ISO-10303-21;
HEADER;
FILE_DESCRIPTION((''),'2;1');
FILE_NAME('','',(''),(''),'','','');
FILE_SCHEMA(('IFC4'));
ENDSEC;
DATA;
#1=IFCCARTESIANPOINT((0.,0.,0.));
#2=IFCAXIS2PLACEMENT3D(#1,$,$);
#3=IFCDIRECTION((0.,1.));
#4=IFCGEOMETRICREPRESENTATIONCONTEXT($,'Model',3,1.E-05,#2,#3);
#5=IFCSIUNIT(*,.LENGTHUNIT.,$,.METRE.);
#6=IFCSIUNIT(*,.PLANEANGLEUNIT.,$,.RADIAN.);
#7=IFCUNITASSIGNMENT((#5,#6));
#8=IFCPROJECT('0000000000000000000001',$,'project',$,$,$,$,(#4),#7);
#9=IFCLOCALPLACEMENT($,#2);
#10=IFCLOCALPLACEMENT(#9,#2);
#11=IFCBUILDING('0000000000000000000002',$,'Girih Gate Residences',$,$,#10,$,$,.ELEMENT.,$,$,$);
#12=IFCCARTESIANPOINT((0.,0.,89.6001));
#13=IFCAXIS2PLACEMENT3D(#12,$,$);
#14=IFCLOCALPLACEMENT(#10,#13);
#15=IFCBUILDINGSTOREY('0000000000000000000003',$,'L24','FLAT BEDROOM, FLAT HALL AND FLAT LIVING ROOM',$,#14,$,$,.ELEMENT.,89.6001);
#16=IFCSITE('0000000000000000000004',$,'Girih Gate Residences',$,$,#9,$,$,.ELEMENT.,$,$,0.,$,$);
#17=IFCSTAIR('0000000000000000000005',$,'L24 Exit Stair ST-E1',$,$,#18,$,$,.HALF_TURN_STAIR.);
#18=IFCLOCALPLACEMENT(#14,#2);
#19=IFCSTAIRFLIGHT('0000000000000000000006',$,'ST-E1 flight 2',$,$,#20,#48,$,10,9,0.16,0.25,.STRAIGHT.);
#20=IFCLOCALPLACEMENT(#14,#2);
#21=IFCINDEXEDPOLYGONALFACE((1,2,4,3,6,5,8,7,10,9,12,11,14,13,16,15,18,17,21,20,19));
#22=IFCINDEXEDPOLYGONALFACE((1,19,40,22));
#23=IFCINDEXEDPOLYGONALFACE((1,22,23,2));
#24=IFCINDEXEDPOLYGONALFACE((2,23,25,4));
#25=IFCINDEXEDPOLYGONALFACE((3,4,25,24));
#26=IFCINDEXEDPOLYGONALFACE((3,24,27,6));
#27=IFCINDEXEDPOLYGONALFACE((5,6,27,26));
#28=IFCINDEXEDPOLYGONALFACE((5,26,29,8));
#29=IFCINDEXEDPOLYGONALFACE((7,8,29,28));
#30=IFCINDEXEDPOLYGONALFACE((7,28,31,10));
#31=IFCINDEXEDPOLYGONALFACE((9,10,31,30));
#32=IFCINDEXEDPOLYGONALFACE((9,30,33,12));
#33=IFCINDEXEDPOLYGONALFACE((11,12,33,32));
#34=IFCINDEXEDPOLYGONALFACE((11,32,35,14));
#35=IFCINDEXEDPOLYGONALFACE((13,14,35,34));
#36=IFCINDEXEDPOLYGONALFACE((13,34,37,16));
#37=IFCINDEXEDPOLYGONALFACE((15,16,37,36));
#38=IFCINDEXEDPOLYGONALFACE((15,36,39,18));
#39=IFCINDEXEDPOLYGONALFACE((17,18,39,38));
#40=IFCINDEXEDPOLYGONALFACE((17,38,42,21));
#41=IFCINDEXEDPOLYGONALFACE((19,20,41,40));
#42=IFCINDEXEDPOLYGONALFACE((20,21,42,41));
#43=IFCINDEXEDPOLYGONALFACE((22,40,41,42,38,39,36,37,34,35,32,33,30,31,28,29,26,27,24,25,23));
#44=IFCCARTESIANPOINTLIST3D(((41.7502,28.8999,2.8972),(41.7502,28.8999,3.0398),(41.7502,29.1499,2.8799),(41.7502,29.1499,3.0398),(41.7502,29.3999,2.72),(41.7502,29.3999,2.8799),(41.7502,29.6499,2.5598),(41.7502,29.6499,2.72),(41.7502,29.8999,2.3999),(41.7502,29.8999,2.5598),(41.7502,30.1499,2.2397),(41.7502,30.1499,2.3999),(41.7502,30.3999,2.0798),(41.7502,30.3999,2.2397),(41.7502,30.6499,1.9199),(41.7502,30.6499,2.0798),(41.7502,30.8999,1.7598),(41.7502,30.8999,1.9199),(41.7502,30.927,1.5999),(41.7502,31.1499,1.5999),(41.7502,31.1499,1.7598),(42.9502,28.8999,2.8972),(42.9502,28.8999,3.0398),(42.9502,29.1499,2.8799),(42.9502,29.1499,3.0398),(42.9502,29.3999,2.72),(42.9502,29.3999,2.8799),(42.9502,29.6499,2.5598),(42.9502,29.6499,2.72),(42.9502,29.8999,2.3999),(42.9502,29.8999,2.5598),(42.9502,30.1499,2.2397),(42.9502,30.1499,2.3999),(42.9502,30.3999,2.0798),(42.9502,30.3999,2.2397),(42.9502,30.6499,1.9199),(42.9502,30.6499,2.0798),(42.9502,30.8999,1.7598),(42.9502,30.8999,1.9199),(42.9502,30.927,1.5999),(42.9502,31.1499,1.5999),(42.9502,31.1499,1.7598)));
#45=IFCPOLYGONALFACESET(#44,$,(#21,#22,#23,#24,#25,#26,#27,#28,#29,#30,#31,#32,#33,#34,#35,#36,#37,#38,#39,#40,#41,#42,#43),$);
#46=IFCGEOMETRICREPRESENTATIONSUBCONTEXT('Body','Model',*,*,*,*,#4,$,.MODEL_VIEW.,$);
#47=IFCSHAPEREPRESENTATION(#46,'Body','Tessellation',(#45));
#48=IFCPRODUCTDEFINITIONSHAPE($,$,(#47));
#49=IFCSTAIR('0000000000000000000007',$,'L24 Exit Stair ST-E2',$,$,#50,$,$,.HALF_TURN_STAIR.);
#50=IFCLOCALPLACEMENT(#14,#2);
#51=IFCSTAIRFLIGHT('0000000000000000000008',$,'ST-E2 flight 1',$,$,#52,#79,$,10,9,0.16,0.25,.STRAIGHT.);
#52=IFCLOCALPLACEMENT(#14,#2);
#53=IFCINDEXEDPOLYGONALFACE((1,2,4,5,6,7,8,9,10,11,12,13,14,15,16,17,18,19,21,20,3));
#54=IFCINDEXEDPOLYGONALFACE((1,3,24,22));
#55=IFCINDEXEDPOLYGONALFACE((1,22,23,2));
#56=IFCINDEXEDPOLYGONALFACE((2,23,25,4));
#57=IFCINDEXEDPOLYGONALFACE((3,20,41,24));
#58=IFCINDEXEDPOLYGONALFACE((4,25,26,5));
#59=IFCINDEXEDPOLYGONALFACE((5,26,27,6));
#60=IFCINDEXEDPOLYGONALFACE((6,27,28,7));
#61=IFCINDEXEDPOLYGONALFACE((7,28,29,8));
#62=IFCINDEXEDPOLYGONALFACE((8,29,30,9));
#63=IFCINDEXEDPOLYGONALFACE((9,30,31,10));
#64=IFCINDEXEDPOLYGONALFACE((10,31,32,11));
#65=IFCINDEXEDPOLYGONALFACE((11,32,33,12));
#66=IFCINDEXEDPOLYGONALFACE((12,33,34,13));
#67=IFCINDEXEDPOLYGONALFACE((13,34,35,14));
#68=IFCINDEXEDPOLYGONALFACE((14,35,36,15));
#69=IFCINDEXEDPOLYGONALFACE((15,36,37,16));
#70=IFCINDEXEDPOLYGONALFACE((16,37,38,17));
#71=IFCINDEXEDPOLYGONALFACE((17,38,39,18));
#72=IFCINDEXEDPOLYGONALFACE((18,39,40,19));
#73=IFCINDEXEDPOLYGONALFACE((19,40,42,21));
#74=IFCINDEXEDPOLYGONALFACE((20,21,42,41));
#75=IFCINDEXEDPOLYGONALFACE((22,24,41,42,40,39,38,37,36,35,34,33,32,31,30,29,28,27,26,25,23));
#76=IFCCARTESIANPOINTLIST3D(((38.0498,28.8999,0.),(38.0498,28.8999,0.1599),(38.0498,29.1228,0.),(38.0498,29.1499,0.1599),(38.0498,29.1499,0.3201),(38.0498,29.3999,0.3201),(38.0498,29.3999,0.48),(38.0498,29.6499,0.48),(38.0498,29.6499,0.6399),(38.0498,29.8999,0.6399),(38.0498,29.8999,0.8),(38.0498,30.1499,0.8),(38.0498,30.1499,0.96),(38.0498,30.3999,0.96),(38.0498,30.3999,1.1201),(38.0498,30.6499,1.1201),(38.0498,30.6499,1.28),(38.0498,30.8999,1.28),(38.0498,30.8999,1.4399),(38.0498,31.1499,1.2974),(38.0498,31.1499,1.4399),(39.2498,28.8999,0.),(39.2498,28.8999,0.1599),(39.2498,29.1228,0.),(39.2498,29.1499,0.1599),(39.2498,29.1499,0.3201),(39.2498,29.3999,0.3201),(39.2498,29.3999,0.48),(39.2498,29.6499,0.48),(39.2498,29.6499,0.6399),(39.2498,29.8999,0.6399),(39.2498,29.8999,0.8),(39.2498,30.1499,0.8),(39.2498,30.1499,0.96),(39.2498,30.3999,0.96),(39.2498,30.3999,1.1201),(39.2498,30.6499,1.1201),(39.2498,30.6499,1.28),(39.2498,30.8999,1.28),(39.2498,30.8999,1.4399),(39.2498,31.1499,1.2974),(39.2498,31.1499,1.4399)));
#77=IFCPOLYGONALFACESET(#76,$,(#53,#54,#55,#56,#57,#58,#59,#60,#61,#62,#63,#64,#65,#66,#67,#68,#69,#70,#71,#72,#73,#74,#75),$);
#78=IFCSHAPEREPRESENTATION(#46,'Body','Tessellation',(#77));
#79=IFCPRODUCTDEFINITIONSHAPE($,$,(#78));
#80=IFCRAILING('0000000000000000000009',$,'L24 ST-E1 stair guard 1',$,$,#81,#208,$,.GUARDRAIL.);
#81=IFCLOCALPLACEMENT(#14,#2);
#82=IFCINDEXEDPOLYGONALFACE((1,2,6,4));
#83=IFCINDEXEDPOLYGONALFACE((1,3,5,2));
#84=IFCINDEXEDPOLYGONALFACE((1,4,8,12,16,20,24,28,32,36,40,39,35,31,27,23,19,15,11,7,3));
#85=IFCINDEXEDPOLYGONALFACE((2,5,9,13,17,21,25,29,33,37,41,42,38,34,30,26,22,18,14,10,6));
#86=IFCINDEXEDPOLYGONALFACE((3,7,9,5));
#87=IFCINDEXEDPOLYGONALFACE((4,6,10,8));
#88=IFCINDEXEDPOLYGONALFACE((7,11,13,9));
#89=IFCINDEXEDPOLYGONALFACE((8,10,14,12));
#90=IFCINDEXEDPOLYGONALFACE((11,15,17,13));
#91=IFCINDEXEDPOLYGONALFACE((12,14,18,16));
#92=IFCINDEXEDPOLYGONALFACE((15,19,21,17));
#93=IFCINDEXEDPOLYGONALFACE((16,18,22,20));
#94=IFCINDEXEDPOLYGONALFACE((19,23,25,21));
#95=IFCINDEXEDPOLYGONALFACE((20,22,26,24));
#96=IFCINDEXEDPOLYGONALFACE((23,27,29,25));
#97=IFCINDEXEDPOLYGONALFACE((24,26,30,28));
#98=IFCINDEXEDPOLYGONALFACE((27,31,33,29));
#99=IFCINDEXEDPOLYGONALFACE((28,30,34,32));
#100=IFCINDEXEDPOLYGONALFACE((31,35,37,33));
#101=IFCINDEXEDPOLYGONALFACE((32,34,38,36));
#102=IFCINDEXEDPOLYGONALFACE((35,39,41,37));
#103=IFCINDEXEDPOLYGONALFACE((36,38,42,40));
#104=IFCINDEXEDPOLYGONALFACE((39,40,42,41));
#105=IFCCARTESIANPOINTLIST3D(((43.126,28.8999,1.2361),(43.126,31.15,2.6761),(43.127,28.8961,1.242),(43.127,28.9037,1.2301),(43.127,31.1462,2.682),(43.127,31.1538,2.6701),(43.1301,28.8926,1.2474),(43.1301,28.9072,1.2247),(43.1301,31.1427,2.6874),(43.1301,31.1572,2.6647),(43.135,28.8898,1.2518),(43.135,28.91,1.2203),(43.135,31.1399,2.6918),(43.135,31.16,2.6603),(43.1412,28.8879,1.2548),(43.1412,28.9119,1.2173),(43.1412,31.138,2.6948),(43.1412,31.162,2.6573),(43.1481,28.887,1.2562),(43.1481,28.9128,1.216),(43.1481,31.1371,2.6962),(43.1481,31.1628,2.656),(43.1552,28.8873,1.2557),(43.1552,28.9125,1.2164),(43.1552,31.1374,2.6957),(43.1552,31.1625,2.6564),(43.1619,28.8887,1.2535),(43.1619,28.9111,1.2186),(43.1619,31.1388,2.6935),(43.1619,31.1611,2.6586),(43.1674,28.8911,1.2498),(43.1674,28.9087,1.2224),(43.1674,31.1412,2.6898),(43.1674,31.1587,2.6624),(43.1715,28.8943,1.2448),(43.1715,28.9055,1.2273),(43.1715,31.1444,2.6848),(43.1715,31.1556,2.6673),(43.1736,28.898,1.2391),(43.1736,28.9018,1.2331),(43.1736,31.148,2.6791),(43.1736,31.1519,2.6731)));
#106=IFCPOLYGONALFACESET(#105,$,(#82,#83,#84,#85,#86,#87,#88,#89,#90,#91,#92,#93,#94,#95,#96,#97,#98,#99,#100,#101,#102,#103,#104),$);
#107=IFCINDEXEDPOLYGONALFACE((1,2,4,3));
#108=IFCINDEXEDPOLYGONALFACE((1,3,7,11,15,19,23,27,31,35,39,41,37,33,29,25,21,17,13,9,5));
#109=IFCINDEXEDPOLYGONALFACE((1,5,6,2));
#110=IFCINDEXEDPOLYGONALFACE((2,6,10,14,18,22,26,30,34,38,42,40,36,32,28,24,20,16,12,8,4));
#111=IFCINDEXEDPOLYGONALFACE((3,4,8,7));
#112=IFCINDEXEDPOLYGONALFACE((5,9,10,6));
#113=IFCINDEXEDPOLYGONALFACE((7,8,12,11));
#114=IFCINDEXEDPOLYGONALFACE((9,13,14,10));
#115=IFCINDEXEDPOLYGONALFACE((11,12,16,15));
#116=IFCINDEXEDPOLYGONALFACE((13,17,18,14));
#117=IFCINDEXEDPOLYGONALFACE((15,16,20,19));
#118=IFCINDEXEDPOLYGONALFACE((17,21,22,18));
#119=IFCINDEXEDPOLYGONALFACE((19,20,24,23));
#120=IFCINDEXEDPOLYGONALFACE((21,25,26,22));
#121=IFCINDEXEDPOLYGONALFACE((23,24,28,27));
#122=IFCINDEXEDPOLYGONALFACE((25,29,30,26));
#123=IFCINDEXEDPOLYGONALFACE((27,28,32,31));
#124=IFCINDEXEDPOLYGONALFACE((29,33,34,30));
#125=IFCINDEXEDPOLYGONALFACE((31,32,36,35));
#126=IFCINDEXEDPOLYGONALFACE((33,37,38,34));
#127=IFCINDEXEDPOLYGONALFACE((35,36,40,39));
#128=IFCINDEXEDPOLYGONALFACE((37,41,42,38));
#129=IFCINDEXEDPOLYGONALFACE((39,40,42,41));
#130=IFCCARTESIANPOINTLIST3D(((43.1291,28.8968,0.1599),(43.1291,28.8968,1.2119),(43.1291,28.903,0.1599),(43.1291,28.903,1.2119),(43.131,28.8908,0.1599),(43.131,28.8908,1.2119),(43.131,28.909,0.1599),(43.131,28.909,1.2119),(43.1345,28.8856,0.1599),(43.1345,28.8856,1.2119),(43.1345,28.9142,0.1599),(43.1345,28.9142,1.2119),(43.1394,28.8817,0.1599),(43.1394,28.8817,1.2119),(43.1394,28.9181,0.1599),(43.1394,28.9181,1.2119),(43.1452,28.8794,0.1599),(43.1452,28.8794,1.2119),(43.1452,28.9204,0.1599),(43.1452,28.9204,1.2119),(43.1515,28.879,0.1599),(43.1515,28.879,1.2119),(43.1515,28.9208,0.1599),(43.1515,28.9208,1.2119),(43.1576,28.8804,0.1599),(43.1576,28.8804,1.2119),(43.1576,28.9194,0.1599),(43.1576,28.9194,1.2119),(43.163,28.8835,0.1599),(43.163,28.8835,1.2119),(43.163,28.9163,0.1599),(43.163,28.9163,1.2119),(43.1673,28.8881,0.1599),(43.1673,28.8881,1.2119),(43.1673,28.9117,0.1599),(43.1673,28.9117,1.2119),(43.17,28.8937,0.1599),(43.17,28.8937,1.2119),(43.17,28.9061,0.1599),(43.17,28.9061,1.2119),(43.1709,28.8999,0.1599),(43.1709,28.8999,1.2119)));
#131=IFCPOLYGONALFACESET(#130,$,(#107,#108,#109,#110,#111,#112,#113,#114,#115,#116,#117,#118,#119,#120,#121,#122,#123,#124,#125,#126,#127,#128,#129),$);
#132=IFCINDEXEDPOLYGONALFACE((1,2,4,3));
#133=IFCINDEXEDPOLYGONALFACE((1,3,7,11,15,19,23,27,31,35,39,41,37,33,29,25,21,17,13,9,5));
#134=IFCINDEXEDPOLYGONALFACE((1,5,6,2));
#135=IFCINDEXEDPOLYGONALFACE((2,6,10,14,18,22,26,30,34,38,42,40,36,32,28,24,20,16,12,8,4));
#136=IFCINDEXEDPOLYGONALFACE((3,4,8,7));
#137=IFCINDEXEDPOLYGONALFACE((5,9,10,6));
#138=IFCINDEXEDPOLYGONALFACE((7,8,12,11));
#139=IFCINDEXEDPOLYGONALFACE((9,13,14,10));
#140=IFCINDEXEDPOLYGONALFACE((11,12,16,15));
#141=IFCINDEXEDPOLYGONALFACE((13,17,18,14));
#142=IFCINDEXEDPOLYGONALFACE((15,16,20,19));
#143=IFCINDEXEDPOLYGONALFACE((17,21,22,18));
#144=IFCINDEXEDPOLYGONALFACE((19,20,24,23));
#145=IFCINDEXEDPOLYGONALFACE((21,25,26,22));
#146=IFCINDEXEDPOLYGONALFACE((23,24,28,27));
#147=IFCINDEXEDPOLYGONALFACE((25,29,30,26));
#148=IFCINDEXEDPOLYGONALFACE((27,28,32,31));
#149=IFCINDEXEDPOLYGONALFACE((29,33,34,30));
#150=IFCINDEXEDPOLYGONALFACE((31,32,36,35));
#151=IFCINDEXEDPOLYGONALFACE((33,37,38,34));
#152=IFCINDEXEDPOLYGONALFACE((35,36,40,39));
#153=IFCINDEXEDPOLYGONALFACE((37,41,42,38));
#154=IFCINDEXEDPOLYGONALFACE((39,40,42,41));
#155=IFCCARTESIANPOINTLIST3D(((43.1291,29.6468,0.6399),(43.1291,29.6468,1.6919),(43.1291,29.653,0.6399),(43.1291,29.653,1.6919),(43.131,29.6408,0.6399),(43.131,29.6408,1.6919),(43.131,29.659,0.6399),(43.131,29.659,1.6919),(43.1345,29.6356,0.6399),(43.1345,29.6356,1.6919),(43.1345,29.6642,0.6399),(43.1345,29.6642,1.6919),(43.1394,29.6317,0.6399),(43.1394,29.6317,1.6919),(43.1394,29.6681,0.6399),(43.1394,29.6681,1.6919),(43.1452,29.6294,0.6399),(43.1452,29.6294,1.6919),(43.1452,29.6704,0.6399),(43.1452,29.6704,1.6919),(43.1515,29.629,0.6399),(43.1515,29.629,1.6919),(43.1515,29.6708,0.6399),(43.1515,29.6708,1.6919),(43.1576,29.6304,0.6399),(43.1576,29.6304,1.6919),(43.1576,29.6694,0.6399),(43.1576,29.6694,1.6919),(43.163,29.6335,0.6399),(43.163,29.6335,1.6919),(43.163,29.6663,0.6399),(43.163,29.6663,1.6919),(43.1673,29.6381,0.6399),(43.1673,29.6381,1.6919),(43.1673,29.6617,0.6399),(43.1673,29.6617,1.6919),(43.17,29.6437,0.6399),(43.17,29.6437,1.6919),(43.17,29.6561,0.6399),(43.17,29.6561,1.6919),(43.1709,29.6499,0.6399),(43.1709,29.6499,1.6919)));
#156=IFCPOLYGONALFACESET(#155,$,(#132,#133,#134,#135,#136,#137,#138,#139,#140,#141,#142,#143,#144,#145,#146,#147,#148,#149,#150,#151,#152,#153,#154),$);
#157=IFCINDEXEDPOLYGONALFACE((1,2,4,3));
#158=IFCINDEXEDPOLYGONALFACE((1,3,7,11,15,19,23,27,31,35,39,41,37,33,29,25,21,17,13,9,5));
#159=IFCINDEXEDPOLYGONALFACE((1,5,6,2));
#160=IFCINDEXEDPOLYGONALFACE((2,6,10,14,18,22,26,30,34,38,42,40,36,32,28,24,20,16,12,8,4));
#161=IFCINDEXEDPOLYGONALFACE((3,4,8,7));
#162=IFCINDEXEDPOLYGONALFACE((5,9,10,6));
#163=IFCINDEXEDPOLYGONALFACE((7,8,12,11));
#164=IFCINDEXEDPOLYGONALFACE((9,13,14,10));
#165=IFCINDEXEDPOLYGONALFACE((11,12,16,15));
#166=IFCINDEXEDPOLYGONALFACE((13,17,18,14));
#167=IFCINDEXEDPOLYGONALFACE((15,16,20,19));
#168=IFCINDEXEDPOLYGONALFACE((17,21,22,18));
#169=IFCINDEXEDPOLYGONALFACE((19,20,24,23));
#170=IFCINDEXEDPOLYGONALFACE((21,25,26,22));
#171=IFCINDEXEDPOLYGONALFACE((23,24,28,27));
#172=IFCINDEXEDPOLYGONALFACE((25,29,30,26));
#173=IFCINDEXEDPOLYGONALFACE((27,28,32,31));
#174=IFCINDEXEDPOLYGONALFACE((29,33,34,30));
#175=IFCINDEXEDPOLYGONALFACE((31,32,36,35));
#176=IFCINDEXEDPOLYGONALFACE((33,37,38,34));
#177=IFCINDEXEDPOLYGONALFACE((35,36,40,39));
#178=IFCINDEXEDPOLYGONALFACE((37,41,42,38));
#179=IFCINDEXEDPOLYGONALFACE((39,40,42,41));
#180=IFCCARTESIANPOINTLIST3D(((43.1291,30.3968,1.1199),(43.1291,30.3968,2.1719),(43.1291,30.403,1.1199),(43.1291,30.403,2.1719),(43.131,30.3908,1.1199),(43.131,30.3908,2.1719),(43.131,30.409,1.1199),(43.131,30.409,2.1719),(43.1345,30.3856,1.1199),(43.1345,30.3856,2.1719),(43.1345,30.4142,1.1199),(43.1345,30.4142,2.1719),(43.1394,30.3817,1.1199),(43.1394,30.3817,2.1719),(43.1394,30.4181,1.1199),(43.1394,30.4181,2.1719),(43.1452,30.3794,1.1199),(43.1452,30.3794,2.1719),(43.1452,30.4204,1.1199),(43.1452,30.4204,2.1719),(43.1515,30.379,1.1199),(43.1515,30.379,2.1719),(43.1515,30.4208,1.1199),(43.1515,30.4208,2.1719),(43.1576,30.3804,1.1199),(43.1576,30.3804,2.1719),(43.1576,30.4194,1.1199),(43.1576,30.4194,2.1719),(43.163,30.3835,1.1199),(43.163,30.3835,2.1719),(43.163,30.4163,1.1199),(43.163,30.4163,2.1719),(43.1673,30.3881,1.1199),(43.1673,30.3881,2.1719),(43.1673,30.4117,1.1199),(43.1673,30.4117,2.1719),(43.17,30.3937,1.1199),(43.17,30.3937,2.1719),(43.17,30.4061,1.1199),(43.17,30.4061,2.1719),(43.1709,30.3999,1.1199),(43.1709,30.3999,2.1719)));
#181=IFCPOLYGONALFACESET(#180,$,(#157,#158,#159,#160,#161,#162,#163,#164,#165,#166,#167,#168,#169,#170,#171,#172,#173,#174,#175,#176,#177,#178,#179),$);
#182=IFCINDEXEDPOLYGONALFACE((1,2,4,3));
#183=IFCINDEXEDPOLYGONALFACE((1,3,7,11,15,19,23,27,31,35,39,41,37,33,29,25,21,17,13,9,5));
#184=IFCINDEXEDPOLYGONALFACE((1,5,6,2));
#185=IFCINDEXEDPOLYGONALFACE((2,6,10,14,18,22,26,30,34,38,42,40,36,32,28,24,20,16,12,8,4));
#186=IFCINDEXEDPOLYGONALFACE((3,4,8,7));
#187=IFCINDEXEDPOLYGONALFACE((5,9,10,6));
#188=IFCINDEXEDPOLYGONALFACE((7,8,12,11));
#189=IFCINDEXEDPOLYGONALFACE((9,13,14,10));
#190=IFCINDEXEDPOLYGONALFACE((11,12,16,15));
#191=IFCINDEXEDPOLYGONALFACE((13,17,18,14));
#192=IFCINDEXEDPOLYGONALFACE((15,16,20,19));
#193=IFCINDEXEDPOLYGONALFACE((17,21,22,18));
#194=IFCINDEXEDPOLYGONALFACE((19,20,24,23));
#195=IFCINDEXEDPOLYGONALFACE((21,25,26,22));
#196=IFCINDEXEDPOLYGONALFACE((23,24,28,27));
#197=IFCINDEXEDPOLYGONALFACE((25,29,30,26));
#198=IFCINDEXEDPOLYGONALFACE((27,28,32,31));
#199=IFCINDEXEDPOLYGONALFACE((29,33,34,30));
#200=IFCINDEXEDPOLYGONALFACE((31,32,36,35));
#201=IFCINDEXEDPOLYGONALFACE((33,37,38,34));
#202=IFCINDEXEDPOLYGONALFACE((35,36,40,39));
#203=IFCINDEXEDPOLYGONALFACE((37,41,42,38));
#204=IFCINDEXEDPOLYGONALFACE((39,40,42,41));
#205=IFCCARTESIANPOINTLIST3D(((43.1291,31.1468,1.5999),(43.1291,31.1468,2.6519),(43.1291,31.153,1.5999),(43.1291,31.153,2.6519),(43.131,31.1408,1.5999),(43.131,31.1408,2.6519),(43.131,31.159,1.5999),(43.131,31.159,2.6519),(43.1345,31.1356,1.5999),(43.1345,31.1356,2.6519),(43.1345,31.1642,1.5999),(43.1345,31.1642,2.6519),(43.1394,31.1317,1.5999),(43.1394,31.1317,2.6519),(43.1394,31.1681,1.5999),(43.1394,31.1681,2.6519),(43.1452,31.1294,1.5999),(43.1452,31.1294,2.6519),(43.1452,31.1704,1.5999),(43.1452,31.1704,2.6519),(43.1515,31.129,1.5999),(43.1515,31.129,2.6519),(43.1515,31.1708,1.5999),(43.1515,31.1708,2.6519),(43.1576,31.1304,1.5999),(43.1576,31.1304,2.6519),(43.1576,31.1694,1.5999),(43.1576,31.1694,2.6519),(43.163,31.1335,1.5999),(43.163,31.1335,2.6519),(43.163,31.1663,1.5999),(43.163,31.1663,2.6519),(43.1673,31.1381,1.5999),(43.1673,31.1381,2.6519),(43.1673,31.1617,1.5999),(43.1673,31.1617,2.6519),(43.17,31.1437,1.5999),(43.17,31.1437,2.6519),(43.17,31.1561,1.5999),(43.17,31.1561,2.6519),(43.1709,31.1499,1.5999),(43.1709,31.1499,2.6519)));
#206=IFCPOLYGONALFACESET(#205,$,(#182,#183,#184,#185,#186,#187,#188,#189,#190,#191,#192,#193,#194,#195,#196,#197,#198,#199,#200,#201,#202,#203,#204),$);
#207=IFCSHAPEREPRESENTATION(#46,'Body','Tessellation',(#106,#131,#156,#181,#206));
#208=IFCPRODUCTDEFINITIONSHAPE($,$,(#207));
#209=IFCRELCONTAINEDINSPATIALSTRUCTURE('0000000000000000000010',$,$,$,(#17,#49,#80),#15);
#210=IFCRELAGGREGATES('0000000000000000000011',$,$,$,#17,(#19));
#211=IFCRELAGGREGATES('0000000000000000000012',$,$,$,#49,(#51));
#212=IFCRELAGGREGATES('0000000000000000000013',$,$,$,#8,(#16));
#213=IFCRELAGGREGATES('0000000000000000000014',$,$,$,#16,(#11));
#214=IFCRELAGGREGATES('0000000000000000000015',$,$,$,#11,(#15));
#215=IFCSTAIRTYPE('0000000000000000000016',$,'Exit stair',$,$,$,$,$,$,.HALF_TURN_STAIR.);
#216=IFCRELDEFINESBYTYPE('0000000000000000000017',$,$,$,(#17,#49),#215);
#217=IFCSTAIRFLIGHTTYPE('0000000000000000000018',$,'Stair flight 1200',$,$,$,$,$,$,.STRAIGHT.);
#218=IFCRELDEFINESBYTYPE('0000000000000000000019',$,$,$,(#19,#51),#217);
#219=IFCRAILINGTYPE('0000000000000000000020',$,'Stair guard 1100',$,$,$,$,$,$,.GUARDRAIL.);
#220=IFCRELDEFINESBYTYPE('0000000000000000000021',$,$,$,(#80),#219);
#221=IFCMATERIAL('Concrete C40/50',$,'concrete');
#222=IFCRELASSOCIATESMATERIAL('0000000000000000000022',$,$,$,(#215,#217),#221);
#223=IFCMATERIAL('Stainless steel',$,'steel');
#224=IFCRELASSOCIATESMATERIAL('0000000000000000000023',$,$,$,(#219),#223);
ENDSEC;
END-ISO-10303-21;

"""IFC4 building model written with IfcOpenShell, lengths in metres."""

from ifc_helpers import new_model, si_unit, direction, frame, origin, origin_2d, place, context, subcontext, project, spatial, polyline, circle, outline, extrude, material, type_object, element, aggregate, save


model = new_model("IFC4")

# Units and contexts
model_context = context("Model", 3, precision=1e-05, world=origin(), true_north=direction((0.0, 1.0)))
body_context = subcontext(model_context, "Body", "Model", "MODEL_VIEW")
ifc_project = project(units=[si_unit("LENGTHUNIT", "METRE"), si_unit("PLANEANGLEUNIT", "RADIAN")], contexts=[model_context])

# Site, building, storey
site_placement = place(None, origin())
site = spatial("IfcSite", under=ifc_project, at=site_placement, Name="Girih Gate Residences", CompositionType="ELEMENT", RefElevation=0.0)
building_placement = place(site_placement, origin())
building = spatial("IfcBuilding", under=site, at=building_placement, Name="Girih Gate Residences", CompositionType="ELEMENT")
storey_placement = place(building_placement, frame((0.0, 0.0, 89.6001)))
storey = spatial("IfcBuildingStorey", under=building, at=storey_placement, Name="L24", Description="FLAT BEDROOM, FLAT HALL AND FLAT LIVING ROOM", CompositionType="ELEMENT", Elevation=89.6001)

# Shared definitions
ifc_material_1 = material(Name="Concrete C40/50", Category="concrete")

# Stair, stair flight
stair_type = type_object("IfcStairType", Name="Exit stair", PredefinedType="HALF_TURN_STAIR", material=ifc_material_1)
stair_1_placement = place(storey_placement, origin())
stair_1 = element("IfcStair", 1, at=stair_1_placement, inside=storey, type_object=stair_type, Name="L24 Exit Stair ST-E1", PredefinedType="HALF_TURN_STAIR")
stair_flight_type = type_object("IfcStairFlightType", Name="Stair flight 1200", PredefinedType="STRAIGHT", material=ifc_material_1)
stair_flight_1_placement = place(storey_placement, frame((42.3501, 31.1499, 1.5999), z_axis=(0.0, 0.0, 1.0), x_axis=(0.0, -1.0, 0.0)))
stair_flight_1 = element("IfcStairFlight", 2, at=stair_flight_1_placement, type_object=stair_flight_type, Name="ST-E1 flight 2", NumberOfRisers=10, NumberOfTreads=9, PredefinedType="STRAIGHT", RiserHeight=0.16, TreadLength=0.25, context=body_context, shape_type="SweptSolid", body=[
    extrude(outline(polyline([(0.0, 0.0), (0.0, 0.1599), (0.25, 0.1599), (0.25, 0.3201), (0.5, 0.3201), (0.5, 0.48), (0.75, 0.48), (0.75, 0.6399), (1.0, 0.6399), (1.0, 0.8), (1.25, 0.8), (1.25, 0.96), (1.5, 0.96), (1.5, 1.1201), (1.75, 1.1201), (1.75, 1.28), (2.0, 1.28), (2.0, 1.4399), (2.25, 1.4399), (2.25, 1.6001), (2.25, 1.2974), (0.2229, 0.0), (0.0, 0.0)])), frame((0.0, 0.6001, 0.0), z_axis=(0.0, -1.0, 0.0), x_axis=(1.0, 0.0, 0.0)), (0.0, 0.0, 1.0), 1.2),
])
aggregate(stair_1, [stair_flight_1])

# Stair, stair flight
stair_2_placement = place(storey_placement, origin())
stair_2 = element("IfcStair", 3, at=stair_2_placement, inside=storey, type_object=stair_type, Name="L24 Exit Stair ST-E2", PredefinedType="HALF_TURN_STAIR")
stair_flight_2_placement = place(storey_placement, frame((38.6499, 28.8999, 0.0), z_axis=(0.0, 0.0, 1.0), x_axis=(0.0, 1.0, 0.0)))
stair_flight_2 = element("IfcStairFlight", 4, at=stair_flight_2_placement, type_object=stair_flight_type, Name="ST-E2 flight 1", NumberOfRisers=10, NumberOfTreads=9, PredefinedType="STRAIGHT", RiserHeight=0.16, TreadLength=0.25, context=body_context, shape_type="SweptSolid", body=[
    extrude(outline(polyline([(0.0, 0.0), (0.0, 0.1599), (0.25, 0.1599), (0.25, 0.3201), (0.5, 0.3201), (0.5, 0.48), (0.75, 0.48), (0.75, 0.6399), (1.0, 0.6399), (1.0, 0.8), (1.25, 0.8), (1.25, 0.96), (1.5, 0.96), (1.5, 1.1201), (1.75, 1.1201), (1.75, 1.28), (2.0, 1.28), (2.0, 1.4399), (2.25, 1.4399), (2.25, 1.6001), (2.25, 1.2974), (0.2229, 0.0), (0.0, 0.0)])), frame((0.0, 0.6001, 0.0), z_axis=(0.0, -1.0, 0.0), x_axis=(1.0, 0.0, 0.0)), (0.0, 0.0, 1.0), 1.2),
])
aggregate(stair_2, [stair_flight_2])

# Railing
ifc_material_2 = material(Name="Stainless steel", Category="steel")
railing_type_1 = type_object("IfcRailingType", Name="Stair guard 1100", PredefinedType="GUARDRAIL", material=ifc_material_2)
railing_1_placement = place(storey_placement, frame((43.1499, 28.8999, 0.1599)))
element("IfcRailing", 5, at=railing_1_placement, inside=storey, type_object=railing_type_1, Name="L24 ST-E1 stair guard 1", PredefinedType="GUARDRAIL", context=body_context, shape_type="SweptSolid", body=[
    extrude(circle(Radius=0.0239, at=origin_2d()), frame((0.0, 0.0, 1.0762), z_axis=(0.0, 0.842281, 0.539038), x_axis=(-1.0, 0.0, 0.0)), (0.0, 0.0, 1.0), 2.6714),
    extrude(circle(Radius=0.021, at=origin_2d()), origin(), (0.0, 0.0, 1.0), 1.052),
    extrude(circle(Radius=0.021, at=origin_2d()), frame((0.0, 0.75, 0.48)), (0.0, 0.0, 1.0), 1.052),
    extrude(circle(Radius=0.021, at=origin_2d()), frame((0.0, 1.5, 0.96)), (0.0, 0.0, 1.0), 1.052),
    extrude(circle(Radius=0.021, at=origin_2d()), frame((0.0, 2.25, 1.4399)), (0.0, 0.0, 1.0), 1.052),
])

save(model, "model.ifc")
